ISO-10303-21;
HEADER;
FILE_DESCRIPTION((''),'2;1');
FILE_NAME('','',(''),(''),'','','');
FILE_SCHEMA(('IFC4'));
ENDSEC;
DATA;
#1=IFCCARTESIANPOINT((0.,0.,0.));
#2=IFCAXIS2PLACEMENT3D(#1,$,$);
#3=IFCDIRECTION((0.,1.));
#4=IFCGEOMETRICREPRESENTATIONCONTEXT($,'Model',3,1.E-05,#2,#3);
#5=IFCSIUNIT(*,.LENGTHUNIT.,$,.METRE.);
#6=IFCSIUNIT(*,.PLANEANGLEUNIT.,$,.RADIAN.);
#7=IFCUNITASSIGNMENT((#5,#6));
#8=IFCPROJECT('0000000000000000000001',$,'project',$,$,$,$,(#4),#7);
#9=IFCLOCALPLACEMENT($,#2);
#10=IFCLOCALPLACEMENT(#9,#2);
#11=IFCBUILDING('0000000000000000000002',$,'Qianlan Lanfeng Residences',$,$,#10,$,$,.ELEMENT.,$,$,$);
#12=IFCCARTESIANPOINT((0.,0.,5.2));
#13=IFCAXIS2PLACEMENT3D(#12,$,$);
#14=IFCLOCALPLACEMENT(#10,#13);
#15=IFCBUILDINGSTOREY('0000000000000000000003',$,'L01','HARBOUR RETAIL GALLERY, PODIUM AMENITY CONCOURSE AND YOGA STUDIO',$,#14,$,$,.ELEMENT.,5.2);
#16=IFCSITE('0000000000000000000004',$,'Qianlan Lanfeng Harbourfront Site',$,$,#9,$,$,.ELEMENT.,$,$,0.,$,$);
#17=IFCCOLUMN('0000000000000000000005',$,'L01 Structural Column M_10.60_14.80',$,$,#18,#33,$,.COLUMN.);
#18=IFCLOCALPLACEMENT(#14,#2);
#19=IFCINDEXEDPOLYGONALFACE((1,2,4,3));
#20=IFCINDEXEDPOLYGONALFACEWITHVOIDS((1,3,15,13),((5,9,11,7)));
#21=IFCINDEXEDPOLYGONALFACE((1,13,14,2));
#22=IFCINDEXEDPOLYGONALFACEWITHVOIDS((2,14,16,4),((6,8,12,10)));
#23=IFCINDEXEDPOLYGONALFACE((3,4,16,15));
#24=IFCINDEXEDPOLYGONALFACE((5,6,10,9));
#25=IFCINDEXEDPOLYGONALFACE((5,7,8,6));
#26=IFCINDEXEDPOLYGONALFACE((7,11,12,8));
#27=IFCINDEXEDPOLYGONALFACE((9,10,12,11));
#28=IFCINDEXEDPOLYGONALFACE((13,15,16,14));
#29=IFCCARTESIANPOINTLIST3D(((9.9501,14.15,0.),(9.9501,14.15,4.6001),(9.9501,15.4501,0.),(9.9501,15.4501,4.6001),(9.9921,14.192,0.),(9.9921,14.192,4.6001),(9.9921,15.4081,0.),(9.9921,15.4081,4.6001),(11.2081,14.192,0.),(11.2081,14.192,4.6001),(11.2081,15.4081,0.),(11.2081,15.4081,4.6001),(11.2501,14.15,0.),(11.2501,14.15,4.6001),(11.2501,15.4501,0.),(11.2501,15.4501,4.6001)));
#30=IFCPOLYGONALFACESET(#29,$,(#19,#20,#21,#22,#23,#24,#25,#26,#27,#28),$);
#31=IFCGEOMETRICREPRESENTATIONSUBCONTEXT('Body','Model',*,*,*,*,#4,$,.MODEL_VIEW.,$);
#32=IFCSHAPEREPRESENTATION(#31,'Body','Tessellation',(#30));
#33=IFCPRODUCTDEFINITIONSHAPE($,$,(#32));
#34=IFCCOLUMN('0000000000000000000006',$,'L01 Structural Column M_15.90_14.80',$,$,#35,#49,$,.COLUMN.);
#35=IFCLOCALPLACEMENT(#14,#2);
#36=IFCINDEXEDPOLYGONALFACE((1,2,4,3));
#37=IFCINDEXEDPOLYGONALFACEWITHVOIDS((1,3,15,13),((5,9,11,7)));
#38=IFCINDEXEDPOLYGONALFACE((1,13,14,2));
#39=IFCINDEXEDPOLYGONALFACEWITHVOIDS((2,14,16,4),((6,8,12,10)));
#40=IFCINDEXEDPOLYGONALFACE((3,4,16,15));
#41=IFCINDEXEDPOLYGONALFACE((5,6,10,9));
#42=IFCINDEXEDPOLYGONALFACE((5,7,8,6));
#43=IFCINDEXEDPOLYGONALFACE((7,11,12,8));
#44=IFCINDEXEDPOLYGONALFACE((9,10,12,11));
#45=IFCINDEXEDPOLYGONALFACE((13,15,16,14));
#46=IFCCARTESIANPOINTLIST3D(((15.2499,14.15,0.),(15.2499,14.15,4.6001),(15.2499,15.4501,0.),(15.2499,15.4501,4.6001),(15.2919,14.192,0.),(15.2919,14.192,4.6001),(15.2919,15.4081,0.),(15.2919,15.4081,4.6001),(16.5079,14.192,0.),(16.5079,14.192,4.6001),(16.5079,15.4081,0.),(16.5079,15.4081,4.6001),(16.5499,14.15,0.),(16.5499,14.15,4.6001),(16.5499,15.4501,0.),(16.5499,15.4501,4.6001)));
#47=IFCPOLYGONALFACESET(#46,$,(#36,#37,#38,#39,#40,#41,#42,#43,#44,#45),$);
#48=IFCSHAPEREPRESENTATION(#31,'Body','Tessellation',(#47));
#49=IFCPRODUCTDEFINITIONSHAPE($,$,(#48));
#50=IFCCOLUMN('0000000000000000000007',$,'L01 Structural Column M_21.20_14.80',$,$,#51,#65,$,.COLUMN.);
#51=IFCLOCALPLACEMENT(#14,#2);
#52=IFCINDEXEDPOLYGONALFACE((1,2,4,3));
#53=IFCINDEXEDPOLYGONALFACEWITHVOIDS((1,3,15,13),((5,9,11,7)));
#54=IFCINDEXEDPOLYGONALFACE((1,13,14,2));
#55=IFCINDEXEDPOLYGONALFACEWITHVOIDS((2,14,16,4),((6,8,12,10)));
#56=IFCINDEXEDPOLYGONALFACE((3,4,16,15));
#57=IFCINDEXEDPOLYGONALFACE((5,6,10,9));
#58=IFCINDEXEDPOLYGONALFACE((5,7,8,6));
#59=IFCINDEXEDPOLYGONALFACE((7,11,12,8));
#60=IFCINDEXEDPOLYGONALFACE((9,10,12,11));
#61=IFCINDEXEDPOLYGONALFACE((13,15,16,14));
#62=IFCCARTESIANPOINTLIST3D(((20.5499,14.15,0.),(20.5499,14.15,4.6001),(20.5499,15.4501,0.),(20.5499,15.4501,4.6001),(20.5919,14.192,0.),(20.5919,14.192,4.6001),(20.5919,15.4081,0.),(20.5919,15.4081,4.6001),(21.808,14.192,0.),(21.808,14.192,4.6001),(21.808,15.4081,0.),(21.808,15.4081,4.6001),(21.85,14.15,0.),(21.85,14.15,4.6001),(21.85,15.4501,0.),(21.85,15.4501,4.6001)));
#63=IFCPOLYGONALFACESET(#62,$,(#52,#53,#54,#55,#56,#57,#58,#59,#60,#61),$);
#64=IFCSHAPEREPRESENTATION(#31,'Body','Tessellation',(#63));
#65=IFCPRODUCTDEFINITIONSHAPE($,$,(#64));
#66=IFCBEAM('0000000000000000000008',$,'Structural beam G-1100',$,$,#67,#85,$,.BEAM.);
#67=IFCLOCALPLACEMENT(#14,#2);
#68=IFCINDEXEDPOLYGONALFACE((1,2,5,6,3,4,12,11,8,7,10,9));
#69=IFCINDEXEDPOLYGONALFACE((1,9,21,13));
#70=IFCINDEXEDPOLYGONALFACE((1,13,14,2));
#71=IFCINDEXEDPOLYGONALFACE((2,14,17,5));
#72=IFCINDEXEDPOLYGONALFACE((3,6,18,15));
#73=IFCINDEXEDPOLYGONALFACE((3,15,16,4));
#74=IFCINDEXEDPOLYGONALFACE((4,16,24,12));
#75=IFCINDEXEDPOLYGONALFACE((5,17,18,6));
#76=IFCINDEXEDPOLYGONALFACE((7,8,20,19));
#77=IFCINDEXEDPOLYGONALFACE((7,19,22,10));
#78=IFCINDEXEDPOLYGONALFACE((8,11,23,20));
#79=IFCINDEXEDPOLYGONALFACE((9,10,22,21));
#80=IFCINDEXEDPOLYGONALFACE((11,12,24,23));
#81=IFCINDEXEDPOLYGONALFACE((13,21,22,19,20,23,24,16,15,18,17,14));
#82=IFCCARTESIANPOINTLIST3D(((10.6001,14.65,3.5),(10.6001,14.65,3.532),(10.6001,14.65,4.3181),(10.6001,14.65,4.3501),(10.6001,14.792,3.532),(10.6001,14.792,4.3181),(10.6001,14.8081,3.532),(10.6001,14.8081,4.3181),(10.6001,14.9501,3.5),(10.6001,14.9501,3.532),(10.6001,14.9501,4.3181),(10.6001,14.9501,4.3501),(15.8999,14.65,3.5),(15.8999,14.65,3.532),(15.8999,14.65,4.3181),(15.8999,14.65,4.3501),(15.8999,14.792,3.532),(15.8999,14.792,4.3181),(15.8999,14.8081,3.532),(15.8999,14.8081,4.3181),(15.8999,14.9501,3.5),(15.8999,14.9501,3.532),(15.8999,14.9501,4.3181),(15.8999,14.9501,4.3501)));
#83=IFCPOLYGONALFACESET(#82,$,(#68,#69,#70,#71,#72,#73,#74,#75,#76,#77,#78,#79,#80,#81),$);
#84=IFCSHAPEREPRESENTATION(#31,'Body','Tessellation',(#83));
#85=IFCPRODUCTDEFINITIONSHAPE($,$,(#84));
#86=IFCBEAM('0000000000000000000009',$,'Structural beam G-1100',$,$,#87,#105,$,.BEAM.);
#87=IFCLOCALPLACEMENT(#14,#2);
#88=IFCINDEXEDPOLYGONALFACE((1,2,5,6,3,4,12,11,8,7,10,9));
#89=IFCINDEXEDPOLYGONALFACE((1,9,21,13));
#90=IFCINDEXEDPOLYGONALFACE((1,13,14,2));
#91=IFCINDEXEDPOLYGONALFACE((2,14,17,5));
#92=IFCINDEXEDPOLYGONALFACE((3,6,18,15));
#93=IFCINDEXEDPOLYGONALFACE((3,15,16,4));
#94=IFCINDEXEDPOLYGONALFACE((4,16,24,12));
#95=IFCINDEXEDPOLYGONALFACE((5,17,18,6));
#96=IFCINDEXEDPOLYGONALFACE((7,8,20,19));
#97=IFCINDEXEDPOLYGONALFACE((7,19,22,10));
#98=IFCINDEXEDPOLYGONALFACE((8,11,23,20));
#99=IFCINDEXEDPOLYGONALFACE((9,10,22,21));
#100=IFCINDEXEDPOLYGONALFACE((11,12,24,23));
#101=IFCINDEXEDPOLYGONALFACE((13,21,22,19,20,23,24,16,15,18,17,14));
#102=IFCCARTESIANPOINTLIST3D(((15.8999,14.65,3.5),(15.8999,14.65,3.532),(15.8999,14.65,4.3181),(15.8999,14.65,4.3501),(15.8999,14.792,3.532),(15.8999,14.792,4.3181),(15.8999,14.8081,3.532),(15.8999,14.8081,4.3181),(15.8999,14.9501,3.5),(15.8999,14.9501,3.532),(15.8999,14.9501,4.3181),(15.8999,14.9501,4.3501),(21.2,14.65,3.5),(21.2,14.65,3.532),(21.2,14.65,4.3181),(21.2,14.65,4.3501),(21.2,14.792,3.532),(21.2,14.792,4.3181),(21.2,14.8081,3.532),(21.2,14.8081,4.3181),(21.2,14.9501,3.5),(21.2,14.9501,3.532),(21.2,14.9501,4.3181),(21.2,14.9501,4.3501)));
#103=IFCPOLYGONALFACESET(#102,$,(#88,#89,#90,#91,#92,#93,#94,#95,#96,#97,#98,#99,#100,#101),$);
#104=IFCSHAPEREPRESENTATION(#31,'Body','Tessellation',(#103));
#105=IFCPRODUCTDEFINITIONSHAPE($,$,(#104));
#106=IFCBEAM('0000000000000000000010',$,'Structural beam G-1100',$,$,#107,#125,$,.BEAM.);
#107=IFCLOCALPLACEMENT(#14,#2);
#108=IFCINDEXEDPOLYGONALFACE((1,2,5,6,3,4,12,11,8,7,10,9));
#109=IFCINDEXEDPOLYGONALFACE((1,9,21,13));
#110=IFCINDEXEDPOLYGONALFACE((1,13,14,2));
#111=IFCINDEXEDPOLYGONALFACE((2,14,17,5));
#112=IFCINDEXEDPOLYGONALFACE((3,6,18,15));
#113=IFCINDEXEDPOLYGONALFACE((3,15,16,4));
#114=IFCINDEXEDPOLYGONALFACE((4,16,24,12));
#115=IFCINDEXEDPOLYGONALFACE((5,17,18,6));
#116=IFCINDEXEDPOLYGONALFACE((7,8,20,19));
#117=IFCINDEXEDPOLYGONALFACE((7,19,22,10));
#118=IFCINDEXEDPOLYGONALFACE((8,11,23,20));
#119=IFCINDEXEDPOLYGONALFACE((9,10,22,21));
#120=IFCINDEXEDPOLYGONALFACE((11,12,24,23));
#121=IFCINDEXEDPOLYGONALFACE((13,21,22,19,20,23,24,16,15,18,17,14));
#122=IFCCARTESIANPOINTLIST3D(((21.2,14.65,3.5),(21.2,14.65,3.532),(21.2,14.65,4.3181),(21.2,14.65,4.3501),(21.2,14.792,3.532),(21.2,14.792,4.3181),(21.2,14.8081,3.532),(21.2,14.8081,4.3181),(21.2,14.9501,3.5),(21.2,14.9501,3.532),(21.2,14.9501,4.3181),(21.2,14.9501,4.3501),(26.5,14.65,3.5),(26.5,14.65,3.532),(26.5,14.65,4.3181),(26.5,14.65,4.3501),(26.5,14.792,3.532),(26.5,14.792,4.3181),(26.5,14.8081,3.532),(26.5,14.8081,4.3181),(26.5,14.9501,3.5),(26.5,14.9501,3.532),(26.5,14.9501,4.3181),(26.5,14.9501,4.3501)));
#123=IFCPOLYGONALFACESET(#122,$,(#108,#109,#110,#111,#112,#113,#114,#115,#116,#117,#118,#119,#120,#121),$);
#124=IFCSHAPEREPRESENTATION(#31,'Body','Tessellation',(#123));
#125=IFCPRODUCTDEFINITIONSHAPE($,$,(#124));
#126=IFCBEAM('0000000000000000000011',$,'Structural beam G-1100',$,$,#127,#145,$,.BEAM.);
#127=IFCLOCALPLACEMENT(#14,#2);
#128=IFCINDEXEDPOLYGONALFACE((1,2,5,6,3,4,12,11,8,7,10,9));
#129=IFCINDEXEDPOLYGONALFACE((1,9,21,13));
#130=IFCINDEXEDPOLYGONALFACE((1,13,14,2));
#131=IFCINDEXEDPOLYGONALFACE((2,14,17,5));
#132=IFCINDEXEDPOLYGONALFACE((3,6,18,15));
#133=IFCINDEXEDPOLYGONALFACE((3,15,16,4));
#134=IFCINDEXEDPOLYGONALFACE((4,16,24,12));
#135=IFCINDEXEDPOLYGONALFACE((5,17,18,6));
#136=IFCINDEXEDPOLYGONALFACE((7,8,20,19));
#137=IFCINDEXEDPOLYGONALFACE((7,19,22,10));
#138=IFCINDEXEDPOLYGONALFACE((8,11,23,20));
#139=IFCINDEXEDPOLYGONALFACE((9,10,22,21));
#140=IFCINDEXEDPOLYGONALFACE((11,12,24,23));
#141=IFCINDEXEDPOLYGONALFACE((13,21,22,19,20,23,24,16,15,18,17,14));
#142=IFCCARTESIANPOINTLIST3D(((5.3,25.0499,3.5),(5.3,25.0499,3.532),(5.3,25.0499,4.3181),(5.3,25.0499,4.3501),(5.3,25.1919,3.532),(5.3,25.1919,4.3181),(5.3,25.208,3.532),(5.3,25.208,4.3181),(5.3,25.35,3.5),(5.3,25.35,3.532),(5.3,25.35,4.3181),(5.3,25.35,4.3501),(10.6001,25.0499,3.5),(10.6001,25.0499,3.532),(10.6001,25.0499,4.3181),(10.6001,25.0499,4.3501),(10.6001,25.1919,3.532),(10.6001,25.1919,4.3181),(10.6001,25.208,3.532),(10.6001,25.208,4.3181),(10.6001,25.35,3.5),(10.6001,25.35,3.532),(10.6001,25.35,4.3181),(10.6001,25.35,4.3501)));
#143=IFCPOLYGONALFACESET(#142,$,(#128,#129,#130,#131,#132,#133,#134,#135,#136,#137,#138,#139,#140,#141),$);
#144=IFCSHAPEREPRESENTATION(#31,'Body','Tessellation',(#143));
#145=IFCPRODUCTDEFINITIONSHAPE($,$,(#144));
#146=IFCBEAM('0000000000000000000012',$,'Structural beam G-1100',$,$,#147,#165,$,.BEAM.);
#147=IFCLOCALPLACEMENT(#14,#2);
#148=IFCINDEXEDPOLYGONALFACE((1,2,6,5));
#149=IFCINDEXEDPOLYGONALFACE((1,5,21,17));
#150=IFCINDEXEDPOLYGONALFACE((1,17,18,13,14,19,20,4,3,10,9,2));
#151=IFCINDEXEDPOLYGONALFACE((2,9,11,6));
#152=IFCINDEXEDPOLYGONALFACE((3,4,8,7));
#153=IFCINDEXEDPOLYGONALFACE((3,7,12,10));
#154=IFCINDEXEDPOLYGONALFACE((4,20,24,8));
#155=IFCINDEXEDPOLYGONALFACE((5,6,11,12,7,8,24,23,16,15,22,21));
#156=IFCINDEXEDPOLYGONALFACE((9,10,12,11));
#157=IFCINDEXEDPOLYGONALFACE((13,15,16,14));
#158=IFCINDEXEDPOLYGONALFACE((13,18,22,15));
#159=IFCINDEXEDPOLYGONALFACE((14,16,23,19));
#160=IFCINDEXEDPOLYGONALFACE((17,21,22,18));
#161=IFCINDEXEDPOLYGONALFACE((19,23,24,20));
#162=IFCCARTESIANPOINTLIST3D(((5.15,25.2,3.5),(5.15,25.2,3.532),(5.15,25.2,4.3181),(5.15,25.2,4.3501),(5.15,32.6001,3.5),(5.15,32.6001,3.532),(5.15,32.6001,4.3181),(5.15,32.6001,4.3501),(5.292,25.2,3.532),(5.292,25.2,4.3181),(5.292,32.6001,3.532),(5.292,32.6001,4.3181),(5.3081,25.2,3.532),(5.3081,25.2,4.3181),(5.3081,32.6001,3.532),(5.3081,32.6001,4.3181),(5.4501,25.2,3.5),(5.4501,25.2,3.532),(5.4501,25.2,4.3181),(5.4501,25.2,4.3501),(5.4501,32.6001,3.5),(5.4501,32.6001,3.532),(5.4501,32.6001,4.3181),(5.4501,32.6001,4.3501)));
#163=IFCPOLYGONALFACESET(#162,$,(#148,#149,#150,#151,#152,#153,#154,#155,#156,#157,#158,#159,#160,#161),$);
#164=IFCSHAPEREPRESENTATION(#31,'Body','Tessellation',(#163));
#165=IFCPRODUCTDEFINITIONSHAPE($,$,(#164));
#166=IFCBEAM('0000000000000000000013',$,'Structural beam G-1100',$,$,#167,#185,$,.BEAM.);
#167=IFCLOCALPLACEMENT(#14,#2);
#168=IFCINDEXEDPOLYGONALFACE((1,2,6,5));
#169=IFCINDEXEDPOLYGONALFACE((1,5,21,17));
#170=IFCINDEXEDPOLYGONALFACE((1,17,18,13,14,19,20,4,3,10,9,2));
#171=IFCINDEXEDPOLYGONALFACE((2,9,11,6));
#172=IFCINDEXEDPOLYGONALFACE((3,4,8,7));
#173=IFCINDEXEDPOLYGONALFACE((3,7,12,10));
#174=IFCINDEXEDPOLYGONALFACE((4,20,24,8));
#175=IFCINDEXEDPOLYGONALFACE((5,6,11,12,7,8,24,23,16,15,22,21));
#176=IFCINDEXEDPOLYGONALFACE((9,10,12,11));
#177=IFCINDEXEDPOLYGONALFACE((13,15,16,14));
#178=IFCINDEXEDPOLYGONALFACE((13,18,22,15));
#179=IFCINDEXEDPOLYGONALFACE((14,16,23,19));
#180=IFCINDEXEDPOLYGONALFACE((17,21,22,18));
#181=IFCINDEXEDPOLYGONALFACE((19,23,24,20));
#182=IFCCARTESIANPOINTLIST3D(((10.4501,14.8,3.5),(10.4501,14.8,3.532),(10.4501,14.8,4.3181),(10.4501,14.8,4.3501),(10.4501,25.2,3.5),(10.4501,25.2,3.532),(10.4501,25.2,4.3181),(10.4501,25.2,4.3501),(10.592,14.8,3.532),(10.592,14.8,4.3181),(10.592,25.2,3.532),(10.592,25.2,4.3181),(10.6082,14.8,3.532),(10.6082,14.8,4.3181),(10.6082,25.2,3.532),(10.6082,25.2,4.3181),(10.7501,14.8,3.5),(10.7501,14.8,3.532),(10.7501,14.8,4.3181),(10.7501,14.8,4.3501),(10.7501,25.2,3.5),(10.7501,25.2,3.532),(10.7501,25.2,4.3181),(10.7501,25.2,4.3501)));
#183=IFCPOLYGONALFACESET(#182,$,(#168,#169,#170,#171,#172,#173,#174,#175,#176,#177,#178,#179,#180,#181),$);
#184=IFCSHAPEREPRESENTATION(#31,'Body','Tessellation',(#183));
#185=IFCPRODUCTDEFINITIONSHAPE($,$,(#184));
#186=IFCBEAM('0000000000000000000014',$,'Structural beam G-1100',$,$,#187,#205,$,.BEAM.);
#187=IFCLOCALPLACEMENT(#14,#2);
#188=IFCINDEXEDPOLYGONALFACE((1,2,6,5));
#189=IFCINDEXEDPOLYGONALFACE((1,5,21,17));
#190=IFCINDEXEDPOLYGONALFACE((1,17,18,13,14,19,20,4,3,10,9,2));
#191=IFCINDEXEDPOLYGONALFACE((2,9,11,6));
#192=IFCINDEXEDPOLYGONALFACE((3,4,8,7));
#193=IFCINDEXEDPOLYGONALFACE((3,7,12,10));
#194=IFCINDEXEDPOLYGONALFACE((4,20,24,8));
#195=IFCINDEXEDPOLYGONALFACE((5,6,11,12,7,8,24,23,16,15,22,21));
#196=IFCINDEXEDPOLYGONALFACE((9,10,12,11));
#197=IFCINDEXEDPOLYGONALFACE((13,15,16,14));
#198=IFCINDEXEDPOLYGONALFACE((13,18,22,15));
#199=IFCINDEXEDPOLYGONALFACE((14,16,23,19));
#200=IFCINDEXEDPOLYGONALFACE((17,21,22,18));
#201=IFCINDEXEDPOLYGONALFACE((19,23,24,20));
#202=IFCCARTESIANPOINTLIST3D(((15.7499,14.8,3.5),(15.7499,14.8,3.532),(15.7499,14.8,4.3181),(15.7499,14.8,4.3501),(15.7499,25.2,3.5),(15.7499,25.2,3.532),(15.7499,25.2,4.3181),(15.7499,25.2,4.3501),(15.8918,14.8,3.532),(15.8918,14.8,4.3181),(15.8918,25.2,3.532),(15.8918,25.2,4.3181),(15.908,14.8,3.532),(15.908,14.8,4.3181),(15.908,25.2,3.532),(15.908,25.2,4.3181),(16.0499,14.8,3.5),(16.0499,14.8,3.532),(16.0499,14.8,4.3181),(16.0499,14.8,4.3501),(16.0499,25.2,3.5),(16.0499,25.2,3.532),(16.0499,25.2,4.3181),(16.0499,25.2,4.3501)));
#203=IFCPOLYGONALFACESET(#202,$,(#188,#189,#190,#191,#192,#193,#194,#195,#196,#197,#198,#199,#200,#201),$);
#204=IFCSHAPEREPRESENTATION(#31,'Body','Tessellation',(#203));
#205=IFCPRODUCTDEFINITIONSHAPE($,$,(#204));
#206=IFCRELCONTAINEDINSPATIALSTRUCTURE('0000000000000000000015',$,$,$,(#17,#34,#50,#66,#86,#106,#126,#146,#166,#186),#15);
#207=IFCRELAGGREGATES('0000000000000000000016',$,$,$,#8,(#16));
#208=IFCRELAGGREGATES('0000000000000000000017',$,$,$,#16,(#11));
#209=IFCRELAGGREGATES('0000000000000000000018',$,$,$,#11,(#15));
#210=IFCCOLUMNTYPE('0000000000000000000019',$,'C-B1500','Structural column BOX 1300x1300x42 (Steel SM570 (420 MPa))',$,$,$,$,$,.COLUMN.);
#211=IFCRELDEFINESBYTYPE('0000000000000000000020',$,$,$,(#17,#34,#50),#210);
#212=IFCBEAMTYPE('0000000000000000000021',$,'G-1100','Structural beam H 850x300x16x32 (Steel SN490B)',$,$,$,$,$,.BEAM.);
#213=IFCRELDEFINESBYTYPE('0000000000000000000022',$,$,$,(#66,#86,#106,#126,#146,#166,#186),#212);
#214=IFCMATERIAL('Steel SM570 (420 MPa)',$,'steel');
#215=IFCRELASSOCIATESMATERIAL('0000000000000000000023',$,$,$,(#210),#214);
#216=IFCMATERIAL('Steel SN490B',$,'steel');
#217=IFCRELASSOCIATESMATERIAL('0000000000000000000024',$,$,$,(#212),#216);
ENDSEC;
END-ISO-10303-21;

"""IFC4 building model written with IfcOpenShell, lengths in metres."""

from ifc_helpers import new_model, si_unit, direction, frame, origin, origin_2d, place, context, subcontext, project, spatial, hollow_rectangle, i_section, extrude, material, material_profile, profile_set, type_object, element, save


model = new_model("IFC4")

# Units and contexts
model_context = context("Model", 3, precision=1e-05, world=origin(), true_north=direction((0.0, 1.0)))
body_context = subcontext(model_context, "Body", "Model", "MODEL_VIEW")
ifc_project = project(units=[si_unit("LENGTHUNIT", "METRE"), si_unit("PLANEANGLEUNIT", "RADIAN")], contexts=[model_context])

# Site, building, storey
site_placement = place(None, origin())
site = spatial("IfcSite", under=ifc_project, at=site_placement, Name="Qianlan Lanfeng Harbourfront Site", CompositionType="ELEMENT", RefElevation=0.0)
building_placement = place(site_placement, origin())
building = spatial("IfcBuilding", under=site, at=building_placement, Name="Qianlan Lanfeng Residences", CompositionType="ELEMENT")
storey_placement = place(building_placement, frame((0.0, 0.0, 5.2)))
storey = spatial("IfcBuildingStorey", under=building, at=storey_placement, Name="L01", Description="HARBOUR RETAIL GALLERY, PODIUM AMENITY CONCOURSE AND YOGA STUDIO", CompositionType="ELEMENT", Elevation=5.2)

# Columns
ifc_material_1 = material(Name="Steel SM570 (420 MPa)", Category="steel")
ifc_material_profile_1 = material_profile(ifc_material_1, hollow_rectangle(XDim=1.3, YDim=1.3, WallThickness=0.042, at=origin_2d()), Name="BOX 1300x1300x42")
ifc_profile_set_1 = profile_set([ifc_material_profile_1], Name="Steel SM570 (420 MPa)")
column_type = type_object("IfcColumnType", Name="C-B1500", Description="Structural column BOX 1300x1300x42 (Steel SM570 (420 MPa))", PredefinedType="COLUMN", material=ifc_profile_set_1)
for number, where, z_axis, x_axis, name in (
    (1, (10.6001, 14.8, 0.0), (0.0, 0.0, 1.0), (1.0, 0.0, 0.0), "L01 Structural Column M_10.60_14.80"),
    (2, (15.8999, 14.8, 0.0), (0.0, 0.0, 1.0), (1.0, 0.0, 0.0), "L01 Structural Column M_15.90_14.80"),
    (3, (21.2, 14.8, 0.0), (0.0, 0.0, 1.0), (1.0, 0.0, 0.0), "L01 Structural Column M_21.20_14.80"),
):
    element("IfcColumn", number, at=place(storey_placement, frame(where, z_axis=z_axis, x_axis=x_axis)), inside=storey, type_object=column_type, Name=name, PredefinedType="COLUMN", context=body_context, shape_type="SweptSolid", body=[
        extrude(hollow_rectangle(XDim=1.3, YDim=1.3, WallThickness=0.042, at=origin_2d()), origin(), (0.0, 0.0, 1.0), 4.6001),
    ])

# Beams
ifc_material_2 = material(Name="Steel SN490B", Category="steel")
ifc_material_profile_2 = material_profile(ifc_material_2, i_section(OverallWidth=0.3, OverallDepth=0.8501, WebThickness=0.0161, FlangeThickness=0.032, at=origin_2d()), Name="H 850x300x16x32")
ifc_profile_set_2 = profile_set([ifc_material_profile_2], Name="Steel SN490B")
beam_type_1 = type_object("IfcBeamType", Name="G-1100", Description="Structural beam H 850x300x16x32 (Steel SN490B)", PredefinedType="BEAM", material=ifc_profile_set_2)
beam_1_placement = place(storey_placement, frame((10.6001, 14.8, 3.925), z_axis=(1.0, 0.0, 0.0), x_axis=(0.0, 1.0, 0.0)))
element("IfcBeam", 4, at=beam_1_placement, inside=storey, type_object=beam_type_1, Name="Structural beam G-1100", PredefinedType="BEAM", context=body_context, shape_type="SweptSolid", body=[
    extrude(i_section(OverallWidth=0.3, OverallDepth=0.8501, WebThickness=0.0161, FlangeThickness=0.032, at=origin_2d()), origin(), (0.0, 0.0, 1.0), 5.2998),
])
for number, where, z_axis, x_axis, name in (
    (5, (15.8999, 14.8, 3.925), (1.0, 0.0, 0.0), (0.0, 1.0, 0.0), "Structural beam G-1100"),
    (6, (21.2, 14.8, 3.925), (1.0, 0.0, 0.0), (0.0, 1.0, 0.0), "Structural beam G-1100"),
    (7, (5.3, 25.2, 3.925), (1.0, 0.0, 0.0), (0.0, 1.0, 0.0), "Structural beam G-1100"),
):
    element("IfcBeam", number, at=place(storey_placement, frame(where, z_axis=z_axis, x_axis=x_axis)), inside=storey, type_object=beam_type_1, Name=name, PredefinedType="BEAM", context=body_context, shape_type="SweptSolid", body=[
        extrude(i_section(OverallWidth=0.3, OverallDepth=0.8501, WebThickness=0.0161, FlangeThickness=0.032, at=origin_2d()), origin(), (0.0, 0.0, 1.0), 5.3),
    ])
beam_2_placement = place(storey_placement, frame((5.3, 25.2, 3.925), z_axis=(0.0, 1.0, 0.0), x_axis=(-1.0, 0.0, 0.0)))
element("IfcBeam", 8, at=beam_2_placement, inside=storey, type_object=beam_type_1, Name="Structural beam G-1100", PredefinedType="BEAM", context=body_context, shape_type="SweptSolid", body=[
    extrude(i_section(OverallWidth=0.3, OverallDepth=0.8501, WebThickness=0.0161, FlangeThickness=0.032, at=origin_2d()), origin(), (0.0, 0.0, 1.0), 7.4001),
])
for number, where, z_axis, x_axis, name in (
    (9, (10.6001, 14.8, 3.925), (0.0, 1.0, 0.0), (-1.0, 0.0, 0.0), "Structural beam G-1100"),
    (10, (15.8999, 14.8, 3.925), (0.0, 1.0, 0.0), (-1.0, 0.0, 0.0), "Structural beam G-1100"),
):
    element("IfcBeam", number, at=place(storey_placement, frame(where, z_axis=z_axis, x_axis=x_axis)), inside=storey, type_object=beam_type_1, Name=name, PredefinedType="BEAM", context=body_context, shape_type="SweptSolid", body=[
        extrude(i_section(OverallWidth=0.3, OverallDepth=0.8501, WebThickness=0.0161, FlangeThickness=0.032, at=origin_2d()), origin(), (0.0, 0.0, 1.0), 10.3999),
    ])

save(model, "model.ifc")
